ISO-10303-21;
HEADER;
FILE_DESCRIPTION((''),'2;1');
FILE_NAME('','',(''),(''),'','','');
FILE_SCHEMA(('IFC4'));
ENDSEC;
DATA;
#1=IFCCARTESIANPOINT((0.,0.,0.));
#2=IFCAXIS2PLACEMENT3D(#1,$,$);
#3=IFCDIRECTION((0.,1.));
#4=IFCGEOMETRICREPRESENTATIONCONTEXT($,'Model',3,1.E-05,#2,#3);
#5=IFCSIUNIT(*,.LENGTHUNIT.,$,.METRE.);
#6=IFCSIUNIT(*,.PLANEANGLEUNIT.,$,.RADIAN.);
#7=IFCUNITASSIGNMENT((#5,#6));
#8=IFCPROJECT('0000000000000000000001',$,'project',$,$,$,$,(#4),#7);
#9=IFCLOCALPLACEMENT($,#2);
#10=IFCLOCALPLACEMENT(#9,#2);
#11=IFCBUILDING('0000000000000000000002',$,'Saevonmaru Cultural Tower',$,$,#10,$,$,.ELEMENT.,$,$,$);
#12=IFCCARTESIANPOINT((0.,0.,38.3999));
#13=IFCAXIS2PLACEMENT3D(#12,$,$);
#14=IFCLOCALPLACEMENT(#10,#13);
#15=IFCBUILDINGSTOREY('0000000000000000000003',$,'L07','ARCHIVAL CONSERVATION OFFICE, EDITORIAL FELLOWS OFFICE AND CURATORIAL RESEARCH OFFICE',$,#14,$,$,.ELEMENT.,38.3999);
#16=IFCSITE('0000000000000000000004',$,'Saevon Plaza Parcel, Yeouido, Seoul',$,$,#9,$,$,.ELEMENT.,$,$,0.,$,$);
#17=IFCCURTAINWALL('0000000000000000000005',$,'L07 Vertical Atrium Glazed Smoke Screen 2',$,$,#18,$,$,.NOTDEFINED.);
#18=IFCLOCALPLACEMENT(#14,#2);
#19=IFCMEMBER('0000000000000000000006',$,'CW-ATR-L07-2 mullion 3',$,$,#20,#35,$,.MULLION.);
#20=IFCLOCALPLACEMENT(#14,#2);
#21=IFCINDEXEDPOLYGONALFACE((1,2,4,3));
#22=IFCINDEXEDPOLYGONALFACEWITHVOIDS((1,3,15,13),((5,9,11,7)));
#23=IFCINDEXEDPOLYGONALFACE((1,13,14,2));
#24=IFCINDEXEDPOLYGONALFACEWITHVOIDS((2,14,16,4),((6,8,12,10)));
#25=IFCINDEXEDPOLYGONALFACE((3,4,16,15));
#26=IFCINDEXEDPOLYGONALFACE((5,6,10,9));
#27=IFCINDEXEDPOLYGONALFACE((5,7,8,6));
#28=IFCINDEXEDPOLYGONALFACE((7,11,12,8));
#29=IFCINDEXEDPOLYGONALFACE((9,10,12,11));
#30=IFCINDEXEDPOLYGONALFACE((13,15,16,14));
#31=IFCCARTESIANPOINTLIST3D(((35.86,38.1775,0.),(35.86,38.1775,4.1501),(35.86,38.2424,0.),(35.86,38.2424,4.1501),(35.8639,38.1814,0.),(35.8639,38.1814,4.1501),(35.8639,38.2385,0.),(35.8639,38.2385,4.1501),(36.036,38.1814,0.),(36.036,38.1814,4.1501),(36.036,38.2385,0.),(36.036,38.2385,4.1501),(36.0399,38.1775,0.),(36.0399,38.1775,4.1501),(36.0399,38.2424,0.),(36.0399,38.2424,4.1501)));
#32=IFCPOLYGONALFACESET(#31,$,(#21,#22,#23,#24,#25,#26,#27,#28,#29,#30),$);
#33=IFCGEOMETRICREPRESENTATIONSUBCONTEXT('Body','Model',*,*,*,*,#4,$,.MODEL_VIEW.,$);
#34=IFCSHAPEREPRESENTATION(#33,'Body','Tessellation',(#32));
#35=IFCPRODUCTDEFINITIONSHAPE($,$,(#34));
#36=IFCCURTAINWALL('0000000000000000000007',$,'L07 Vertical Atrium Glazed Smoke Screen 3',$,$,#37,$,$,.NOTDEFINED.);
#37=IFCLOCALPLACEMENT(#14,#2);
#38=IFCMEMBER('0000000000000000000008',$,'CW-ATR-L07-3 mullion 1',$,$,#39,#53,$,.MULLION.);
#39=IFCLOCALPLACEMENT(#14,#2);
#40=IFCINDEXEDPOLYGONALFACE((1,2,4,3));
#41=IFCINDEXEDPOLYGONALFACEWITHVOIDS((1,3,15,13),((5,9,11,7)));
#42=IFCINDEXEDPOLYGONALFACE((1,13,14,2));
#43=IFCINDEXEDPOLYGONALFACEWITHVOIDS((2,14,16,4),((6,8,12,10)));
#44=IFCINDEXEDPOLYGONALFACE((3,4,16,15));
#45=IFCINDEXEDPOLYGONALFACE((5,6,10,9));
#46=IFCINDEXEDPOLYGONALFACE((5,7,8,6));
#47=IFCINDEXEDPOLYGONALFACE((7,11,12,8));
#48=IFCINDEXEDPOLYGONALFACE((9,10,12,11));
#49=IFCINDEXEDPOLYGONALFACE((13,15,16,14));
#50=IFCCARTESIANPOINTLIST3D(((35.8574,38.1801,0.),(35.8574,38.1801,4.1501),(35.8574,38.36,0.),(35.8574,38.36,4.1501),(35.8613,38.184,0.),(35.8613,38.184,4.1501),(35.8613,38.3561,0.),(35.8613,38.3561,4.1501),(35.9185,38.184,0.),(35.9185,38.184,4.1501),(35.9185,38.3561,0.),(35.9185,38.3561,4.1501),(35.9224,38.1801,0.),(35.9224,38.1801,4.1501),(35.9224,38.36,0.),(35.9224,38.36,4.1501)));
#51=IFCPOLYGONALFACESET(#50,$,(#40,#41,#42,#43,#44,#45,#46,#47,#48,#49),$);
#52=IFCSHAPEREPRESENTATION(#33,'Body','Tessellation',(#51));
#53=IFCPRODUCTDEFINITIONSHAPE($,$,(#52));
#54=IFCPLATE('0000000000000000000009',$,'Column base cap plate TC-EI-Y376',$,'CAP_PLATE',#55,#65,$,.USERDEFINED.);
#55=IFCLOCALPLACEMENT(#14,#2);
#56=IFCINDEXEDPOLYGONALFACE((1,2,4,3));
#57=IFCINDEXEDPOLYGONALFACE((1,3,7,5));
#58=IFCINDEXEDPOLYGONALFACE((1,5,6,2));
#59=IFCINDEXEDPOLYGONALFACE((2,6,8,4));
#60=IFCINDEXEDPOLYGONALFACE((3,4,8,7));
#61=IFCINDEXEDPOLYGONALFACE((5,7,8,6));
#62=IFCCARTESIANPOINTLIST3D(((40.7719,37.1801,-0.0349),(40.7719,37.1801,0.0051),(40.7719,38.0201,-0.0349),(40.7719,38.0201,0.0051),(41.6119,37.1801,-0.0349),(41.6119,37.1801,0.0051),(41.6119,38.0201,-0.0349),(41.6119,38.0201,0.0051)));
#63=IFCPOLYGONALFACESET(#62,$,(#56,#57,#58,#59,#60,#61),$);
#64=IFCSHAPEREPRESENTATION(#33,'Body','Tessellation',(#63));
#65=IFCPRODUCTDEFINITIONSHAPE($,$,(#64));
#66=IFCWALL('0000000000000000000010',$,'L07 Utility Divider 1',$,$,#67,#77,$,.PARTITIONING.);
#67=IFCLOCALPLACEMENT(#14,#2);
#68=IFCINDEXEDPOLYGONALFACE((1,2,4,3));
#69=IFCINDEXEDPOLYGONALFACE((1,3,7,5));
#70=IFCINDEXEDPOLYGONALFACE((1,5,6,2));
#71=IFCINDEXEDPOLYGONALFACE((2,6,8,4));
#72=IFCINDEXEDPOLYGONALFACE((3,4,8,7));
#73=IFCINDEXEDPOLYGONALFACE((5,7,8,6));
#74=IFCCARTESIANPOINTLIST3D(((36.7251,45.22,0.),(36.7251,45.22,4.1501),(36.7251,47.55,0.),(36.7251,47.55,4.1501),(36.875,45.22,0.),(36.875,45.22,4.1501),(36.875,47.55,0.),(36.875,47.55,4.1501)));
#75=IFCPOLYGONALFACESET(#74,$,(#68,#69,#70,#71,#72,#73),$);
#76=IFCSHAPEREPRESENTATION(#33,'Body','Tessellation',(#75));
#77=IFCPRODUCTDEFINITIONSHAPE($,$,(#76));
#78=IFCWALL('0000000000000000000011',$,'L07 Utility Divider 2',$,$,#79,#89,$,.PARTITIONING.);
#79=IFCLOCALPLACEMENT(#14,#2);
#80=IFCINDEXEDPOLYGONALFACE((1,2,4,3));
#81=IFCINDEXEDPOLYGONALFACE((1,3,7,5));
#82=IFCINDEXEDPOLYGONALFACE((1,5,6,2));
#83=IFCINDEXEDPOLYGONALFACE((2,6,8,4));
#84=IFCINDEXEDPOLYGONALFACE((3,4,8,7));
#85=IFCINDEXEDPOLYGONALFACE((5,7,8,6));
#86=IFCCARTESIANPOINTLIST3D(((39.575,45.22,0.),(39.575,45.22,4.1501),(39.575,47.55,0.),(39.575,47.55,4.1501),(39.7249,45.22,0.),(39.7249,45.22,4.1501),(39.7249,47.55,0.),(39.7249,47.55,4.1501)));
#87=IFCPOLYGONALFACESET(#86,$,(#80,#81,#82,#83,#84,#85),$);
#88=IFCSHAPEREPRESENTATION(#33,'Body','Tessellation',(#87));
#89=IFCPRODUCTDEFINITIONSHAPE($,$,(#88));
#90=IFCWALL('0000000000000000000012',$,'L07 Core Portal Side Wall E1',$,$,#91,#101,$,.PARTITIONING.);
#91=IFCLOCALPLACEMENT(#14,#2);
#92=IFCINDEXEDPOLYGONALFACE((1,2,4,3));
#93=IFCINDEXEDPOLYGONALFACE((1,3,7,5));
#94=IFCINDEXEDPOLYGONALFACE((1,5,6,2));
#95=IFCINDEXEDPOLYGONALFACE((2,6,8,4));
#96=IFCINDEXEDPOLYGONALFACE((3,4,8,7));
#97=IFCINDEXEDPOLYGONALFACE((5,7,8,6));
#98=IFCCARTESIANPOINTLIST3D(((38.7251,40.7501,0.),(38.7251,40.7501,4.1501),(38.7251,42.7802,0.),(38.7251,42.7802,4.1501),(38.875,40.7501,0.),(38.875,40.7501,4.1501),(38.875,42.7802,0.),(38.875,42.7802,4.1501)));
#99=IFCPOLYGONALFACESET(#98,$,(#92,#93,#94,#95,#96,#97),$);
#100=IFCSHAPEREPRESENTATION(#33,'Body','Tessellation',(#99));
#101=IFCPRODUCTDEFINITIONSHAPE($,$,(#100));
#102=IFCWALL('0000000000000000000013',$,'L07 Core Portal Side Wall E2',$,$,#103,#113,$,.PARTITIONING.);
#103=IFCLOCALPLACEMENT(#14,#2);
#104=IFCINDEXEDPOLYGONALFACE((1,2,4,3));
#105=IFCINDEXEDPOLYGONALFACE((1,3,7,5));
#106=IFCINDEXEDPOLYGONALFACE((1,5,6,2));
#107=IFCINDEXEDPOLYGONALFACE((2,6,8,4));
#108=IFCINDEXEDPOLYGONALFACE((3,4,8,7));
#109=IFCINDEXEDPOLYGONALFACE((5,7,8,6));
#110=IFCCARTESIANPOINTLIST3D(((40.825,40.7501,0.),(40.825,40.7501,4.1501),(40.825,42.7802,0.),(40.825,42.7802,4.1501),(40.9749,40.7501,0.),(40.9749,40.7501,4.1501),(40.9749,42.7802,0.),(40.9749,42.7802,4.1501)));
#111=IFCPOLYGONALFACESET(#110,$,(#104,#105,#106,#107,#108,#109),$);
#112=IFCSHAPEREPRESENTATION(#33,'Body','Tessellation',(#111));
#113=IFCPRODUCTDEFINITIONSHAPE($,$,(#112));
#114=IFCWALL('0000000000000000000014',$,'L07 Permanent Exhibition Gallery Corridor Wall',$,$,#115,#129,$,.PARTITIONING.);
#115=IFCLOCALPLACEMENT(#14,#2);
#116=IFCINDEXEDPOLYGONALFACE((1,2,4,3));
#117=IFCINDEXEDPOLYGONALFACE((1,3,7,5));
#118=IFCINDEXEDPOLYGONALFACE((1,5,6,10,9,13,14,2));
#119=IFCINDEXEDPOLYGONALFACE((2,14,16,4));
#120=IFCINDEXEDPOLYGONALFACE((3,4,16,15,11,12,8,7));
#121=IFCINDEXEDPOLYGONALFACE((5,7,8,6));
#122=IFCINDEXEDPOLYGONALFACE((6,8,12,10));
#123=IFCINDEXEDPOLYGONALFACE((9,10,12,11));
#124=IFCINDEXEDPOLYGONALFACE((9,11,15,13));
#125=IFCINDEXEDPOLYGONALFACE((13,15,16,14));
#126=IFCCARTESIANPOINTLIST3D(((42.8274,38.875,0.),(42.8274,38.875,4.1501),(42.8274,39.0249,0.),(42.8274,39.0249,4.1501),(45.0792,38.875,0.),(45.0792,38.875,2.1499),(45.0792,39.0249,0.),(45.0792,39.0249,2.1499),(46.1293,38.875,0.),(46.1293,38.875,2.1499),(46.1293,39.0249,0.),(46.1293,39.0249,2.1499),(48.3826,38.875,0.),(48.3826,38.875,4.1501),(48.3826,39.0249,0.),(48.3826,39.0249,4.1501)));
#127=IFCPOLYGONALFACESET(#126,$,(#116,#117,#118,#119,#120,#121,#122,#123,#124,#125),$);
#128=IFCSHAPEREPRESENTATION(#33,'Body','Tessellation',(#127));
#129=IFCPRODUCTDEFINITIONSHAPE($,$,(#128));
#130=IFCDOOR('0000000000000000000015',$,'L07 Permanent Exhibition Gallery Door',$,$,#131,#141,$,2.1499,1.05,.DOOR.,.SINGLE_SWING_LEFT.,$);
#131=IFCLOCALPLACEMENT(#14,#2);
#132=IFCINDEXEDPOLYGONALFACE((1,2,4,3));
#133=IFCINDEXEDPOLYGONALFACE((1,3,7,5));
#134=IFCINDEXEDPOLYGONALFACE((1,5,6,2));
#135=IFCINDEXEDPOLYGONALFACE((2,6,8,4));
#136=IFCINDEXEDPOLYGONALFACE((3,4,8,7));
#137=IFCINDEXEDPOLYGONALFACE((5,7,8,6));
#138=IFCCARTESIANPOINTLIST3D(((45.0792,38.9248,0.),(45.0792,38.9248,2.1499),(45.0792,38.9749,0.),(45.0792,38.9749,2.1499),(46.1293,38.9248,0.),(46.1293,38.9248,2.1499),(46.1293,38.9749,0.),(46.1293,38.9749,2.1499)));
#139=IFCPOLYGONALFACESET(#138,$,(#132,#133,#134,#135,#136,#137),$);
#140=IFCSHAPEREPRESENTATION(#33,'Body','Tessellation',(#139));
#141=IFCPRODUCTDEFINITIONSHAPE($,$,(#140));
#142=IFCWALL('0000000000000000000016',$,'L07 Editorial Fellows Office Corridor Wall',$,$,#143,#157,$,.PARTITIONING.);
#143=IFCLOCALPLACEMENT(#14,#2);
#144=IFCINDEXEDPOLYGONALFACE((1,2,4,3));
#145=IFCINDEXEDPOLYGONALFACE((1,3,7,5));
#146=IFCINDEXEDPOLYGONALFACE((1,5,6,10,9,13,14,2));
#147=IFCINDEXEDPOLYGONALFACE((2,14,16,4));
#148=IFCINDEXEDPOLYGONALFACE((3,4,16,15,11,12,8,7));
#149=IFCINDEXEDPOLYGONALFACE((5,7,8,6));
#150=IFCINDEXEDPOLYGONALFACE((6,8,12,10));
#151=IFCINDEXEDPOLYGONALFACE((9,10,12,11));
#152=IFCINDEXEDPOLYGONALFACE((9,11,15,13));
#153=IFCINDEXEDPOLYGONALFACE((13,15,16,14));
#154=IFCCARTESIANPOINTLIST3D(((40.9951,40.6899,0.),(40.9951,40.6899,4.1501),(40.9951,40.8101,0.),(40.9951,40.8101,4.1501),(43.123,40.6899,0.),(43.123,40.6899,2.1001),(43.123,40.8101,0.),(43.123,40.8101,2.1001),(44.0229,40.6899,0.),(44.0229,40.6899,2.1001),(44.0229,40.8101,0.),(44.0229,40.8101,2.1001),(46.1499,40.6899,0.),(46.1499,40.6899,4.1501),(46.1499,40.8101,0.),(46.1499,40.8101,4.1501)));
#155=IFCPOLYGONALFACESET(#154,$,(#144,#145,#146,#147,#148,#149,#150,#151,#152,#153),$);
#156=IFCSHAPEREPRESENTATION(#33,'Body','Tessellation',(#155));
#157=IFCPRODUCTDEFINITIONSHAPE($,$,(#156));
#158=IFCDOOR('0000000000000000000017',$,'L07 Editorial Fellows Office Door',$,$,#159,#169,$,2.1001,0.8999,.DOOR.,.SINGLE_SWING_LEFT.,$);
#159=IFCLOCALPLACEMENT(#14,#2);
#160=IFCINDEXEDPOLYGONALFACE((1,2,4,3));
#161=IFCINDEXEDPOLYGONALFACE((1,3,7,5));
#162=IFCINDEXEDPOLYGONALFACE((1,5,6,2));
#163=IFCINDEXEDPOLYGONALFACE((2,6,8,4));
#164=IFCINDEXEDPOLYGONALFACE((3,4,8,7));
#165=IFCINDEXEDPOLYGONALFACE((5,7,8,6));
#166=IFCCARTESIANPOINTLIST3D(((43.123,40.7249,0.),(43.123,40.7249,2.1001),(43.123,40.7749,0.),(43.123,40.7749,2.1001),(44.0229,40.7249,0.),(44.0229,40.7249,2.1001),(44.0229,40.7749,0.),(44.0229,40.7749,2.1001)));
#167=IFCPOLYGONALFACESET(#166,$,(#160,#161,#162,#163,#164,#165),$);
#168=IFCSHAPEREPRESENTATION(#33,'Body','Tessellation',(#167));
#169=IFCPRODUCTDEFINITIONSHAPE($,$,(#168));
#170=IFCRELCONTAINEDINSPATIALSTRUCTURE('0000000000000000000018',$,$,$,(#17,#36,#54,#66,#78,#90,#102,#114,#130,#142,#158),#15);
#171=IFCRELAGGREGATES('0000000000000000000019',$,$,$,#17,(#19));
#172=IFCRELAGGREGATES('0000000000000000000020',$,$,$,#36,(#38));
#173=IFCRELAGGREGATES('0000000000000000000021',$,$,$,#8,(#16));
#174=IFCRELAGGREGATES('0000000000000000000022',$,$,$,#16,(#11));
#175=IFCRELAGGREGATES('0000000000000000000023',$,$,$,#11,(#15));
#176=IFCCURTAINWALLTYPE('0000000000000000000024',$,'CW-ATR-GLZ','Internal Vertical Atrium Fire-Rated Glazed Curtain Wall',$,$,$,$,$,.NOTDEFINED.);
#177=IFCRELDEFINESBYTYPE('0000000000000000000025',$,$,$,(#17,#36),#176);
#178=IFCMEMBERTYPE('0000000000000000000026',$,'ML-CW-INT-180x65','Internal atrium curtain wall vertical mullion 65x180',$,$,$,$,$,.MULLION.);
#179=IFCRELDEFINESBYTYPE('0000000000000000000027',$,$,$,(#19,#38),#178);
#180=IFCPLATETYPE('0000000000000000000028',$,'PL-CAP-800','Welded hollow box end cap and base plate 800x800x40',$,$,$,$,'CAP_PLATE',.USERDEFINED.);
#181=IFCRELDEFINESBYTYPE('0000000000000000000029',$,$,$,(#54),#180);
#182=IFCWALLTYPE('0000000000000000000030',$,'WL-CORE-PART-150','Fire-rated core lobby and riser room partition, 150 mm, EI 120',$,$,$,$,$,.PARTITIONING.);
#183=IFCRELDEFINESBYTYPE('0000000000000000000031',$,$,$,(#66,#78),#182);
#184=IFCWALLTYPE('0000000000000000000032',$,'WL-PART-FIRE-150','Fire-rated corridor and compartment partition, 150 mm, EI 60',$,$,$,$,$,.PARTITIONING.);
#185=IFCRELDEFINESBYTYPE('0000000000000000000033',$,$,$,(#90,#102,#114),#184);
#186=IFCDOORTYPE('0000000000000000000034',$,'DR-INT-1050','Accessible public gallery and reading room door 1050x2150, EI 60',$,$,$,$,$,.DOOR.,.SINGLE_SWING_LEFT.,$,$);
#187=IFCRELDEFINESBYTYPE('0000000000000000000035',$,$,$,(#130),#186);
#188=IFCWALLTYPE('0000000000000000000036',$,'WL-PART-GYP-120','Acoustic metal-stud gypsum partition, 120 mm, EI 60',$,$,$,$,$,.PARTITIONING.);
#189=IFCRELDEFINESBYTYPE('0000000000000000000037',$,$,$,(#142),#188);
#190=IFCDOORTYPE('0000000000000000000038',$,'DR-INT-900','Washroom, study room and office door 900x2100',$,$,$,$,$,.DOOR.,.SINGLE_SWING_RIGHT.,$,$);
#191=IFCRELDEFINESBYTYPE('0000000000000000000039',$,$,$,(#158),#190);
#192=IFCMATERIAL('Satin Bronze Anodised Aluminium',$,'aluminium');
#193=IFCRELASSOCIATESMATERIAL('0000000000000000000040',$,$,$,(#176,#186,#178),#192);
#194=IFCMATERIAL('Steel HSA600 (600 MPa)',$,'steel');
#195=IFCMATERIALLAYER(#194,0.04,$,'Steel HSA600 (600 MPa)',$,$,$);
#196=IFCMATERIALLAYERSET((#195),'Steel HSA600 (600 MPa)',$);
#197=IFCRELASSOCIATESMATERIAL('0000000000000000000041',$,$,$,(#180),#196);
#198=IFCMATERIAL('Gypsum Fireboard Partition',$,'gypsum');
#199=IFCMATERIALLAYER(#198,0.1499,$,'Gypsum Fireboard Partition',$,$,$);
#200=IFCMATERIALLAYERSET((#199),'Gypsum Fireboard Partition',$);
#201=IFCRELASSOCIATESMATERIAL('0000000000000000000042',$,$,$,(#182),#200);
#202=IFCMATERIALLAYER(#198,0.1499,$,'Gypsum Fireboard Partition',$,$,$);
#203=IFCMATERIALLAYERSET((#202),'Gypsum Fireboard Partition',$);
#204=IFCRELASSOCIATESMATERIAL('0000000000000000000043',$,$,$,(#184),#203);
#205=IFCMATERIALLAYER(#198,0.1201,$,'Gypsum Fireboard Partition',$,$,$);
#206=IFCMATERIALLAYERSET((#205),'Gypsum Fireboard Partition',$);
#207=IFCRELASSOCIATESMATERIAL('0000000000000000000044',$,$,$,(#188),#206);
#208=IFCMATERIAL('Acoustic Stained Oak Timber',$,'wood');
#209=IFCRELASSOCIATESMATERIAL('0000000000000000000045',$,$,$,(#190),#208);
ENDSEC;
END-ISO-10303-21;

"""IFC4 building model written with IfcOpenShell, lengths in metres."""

from ifc_helpers import new_model, si_unit, direction, frame, frame_2d, origin, origin_2d, place, context, subcontext, project, spatial, rectangle, hollow_rectangle, extrude, material, layer, layer_set, material_profile, profile_set, type_object, element, fill, aggregate, save


model = new_model("IFC4")

# Units and contexts
model_context = context("Model", 3, precision=1e-05, world=origin(), true_north=direction((0.0, 1.0)))
body_context = subcontext(model_context, "Body", "Model", "MODEL_VIEW")
ifc_project = project(units=[si_unit("LENGTHUNIT", "METRE"), si_unit("PLANEANGLEUNIT", "RADIAN")], contexts=[model_context])

# Site, building, storey
site_placement = place(None, origin())
site = spatial("IfcSite", under=ifc_project, at=site_placement, Name="Saevon Plaza Parcel, Yeouido, Seoul", CompositionType="ELEMENT", RefElevation=0.0)
building_placement = place(site_placement, origin())
building = spatial("IfcBuilding", under=site, at=building_placement, Name="Saevonmaru Cultural Tower", CompositionType="ELEMENT")
storey_placement = place(building_placement, frame((0.0, 0.0, 38.3999)))
storey = spatial("IfcBuildingStorey", under=building, at=storey_placement, Name="L07", Description="ARCHIVAL CONSERVATION OFFICE, EDITORIAL FELLOWS OFFICE AND CURATORIAL RESEARCH OFFICE", CompositionType="ELEMENT", Elevation=38.3999)

# Shared definitions
ifc_material_1 = material(Name="Steel HSA600 (600 MPa)", Category="steel")

# Curtain walls, members
ifc_material_2 = material(Name="Satin Bronze Anodised Aluminium", Category="aluminium")
curtain_wall_type = type_object("IfcCurtainWallType", Name="CW-ATR-GLZ", Description="Internal Vertical Atrium Fire-Rated Glazed Curtain Wall", PredefinedType="NOTDEFINED", material=ifc_material_2)
curtain_wall_1_placement = place(storey_placement, origin())
curtain_wall_1 = element("IfcCurtainWall", 1, at=curtain_wall_1_placement, inside=storey, type_object=curtain_wall_type, Name="L07 Vertical Atrium Glazed Smoke Screen 2", PredefinedType="NOTDEFINED")
ifc_material_profile_1 = material_profile(ifc_material_2, hollow_rectangle(XDim=0.0649, YDim=0.1799, WallThickness=0.0039, at=origin_2d()), Name="ALU-MULL-180x65x4")
ifc_profile_set_1 = profile_set([ifc_material_profile_1], Name="Satin Bronze Anodised Aluminium")
member_type = type_object("IfcMemberType", Name="ML-CW-INT-180x65", Description="Internal atrium curtain wall vertical mullion 65x180", PredefinedType="MULLION", material=ifc_profile_set_1)
member_1_placement = place(storey_placement, frame((35.95, 38.21, 0.0), z_axis=(0.0, 0.0, 1.0), x_axis=(0.0, 1.0, 0.0)))
member_1 = element("IfcMember", 2, at=member_1_placement, type_object=member_type, Name="CW-ATR-L07-2 mullion 3", PredefinedType="MULLION", context=body_context, shape_type="SweptSolid", body=[
    extrude(hollow_rectangle(XDim=0.0649, YDim=0.1799, WallThickness=0.0039, at=origin_2d()), origin(), (0.0, 0.0, 1.0), 4.1501),
])
aggregate(curtain_wall_1, [member_1])
curtain_wall_2_placement = place(storey_placement, origin())
curtain_wall_2 = element("IfcCurtainWall", 3, at=curtain_wall_2_placement, inside=storey, type_object=curtain_wall_type, Name="L07 Vertical Atrium Glazed Smoke Screen 3", PredefinedType="NOTDEFINED")
member_2_placement = place(storey_placement, frame((35.8899, 38.27, 0.0), z_axis=(0.0, 0.0, 1.0), x_axis=(-1.0, 0.0, 0.0)))
member_2 = element("IfcMember", 4, at=member_2_placement, type_object=member_type, Name="CW-ATR-L07-3 mullion 1", PredefinedType="MULLION", context=body_context, shape_type="SweptSolid", body=[
    extrude(hollow_rectangle(XDim=0.0649, YDim=0.1799, WallThickness=0.0039, at=origin_2d()), origin(), (0.0, 0.0, 1.0), 4.1501),
])
aggregate(curtain_wall_2, [member_2])

# Plate
ifc_layer_1 = layer(ifc_material_1, 0.04, Name="Steel HSA600 (600 MPa)")
ifc_layer_set_1 = layer_set([ifc_layer_1], Name="Steel HSA600 (600 MPa)")
plate_type = type_object("IfcPlateType", Name="PL-CAP-800", Description="Welded hollow box end cap and base plate 800x800x40", ElementType="CAP_PLATE", PredefinedType="USERDEFINED", material=ifc_layer_set_1)
plate_placement = place(storey_placement, frame((41.1919, 37.6001, -0.0349), z_axis=(0.0, 0.0, 1.0), x_axis=(1.0, 0.0, 0.0)))
element("IfcPlate", 5, at=plate_placement, inside=storey, type_object=plate_type, Name="Column base cap plate TC-EI-Y376", ObjectType="CAP_PLATE", PredefinedType="USERDEFINED", context=body_context, shape_type="SweptSolid", body=[
    extrude(rectangle(XDim=0.8401, YDim=0.8401, at=origin_2d()), origin(), (0.0, 0.0, 1.0), 0.04),
])

# Walls
ifc_material_3 = material(Name="Gypsum Fireboard Partition", Category="gypsum")
ifc_layer_2 = layer(ifc_material_3, 0.1499, Name="Gypsum Fireboard Partition")
ifc_layer_set_2 = layer_set([ifc_layer_2], Name="Gypsum Fireboard Partition")
wall_type_1 = type_object("IfcWallType", Name="WL-CORE-PART-150", Description="Fire-rated core lobby and riser room partition, 150 mm, EI 120", PredefinedType="PARTITIONING", material=ifc_layer_set_2)
for number, where, z_axis, x_axis, name in (
    (6, (36.8, 45.22, 0.0), (0.0, 0.0, 1.0), (0.0, 1.0, 0.0), "L07 Utility Divider 1"),
    (7, (39.6499, 45.22, 0.0), (0.0, 0.0, 1.0), (0.0, 1.0, 0.0), "L07 Utility Divider 2"),
):
    element("IfcWall", number, at=place(storey_placement, frame(where, z_axis=z_axis, x_axis=x_axis)), inside=storey, type_object=wall_type_1, Name=name, PredefinedType="PARTITIONING", context=body_context, shape_type="SweptSolid", body=[
        extrude(rectangle(XDim=2.3301, YDim=0.1499, at=frame_2d((1.165, 0.0))), origin(), (0.0, 0.0, 1.0), 4.1501),
    ])
ifc_layer_3 = layer(ifc_material_3, 0.1499, Name="Gypsum Fireboard Partition")
ifc_layer_set_3 = layer_set([ifc_layer_3], Name="Gypsum Fireboard Partition")
wall_type_2 = type_object("IfcWallType", Name="WL-PART-FIRE-150", Description="Fire-rated corridor and compartment partition, 150 mm, EI 60", PredefinedType="PARTITIONING", material=ifc_layer_set_3)
for number, where, z_axis, x_axis, name in (
    (8, (38.8, 40.75, 0.0), (0.0, 0.0, 1.0), (0.0, 1.0, 0.0), "L07 Core Portal Side Wall E1"),
    (9, (40.8999, 40.75, 0.0), (0.0, 0.0, 1.0), (0.0, 1.0, 0.0), "L07 Core Portal Side Wall E2"),
):
    element("IfcWall", number, at=place(storey_placement, frame(where, z_axis=z_axis, x_axis=x_axis)), inside=storey, type_object=wall_type_2, Name=name, PredefinedType="PARTITIONING", context=body_context, shape_type="SweptSolid", body=[
        extrude(rectangle(XDim=2.03, YDim=0.1499, at=frame_2d((1.0151, 0.0))), origin(), (0.0, 0.0, 1.0), 4.1501),
    ])

# Walls, openings, doors
wall_1_placement = place(storey_placement, frame((42.8274, 38.95, 0.0), z_axis=(0.0, 0.0, 1.0), x_axis=(1.0, 0.0, 0.0)))
wall_1 = element("IfcWall", 10, at=wall_1_placement, inside=storey, type_object=wall_type_2, Name="L07 Permanent Exhibition Gallery Corridor Wall", PredefinedType="PARTITIONING", context=body_context, shape_type="SweptSolid", body=[
    extrude(rectangle(XDim=5.5552, YDim=0.1499, at=frame_2d((2.7776, 0.0))), origin(), (0.0, 0.0, 1.0), 4.1501),
])
opening_1_placement = place(wall_1_placement, frame((2.252, 0.0, 0.0)))
opening_1 = element("IfcOpeningElement", 11, at=opening_1_placement, cuts=wall_1, PredefinedType="OPENING", context=body_context, shape_type="SweptSolid", body=[
    extrude(rectangle(XDim=1.05, YDim=2.1499, at=frame_2d((0.5249, 1.075))), frame((0.0, 0.085, 0.0), z_axis=(0.0, -1.0, 0.0), x_axis=(1.0, 0.0, 0.0)), (0.0, 0.0, 1.0), 0.1699),
])
door_type_1 = type_object("IfcDoorType", Name="DR-INT-1050", Description="Accessible public gallery and reading room door 1050x2150, EI 60", OperationType="SINGLE_SWING_LEFT", PredefinedType="DOOR", material=ifc_material_2)
door_1_placement = place(opening_1_placement, origin())
door_1 = element("IfcDoor", 12, at=door_1_placement, inside=storey, type_object=door_type_1, Name="L07 Permanent Exhibition Gallery Door", OperationType="SINGLE_SWING_LEFT", OverallHeight=2.1499, OverallWidth=1.05, PredefinedType="DOOR", context=body_context, shape_type="SweptSolid", body=[
    extrude(rectangle(XDim=1.05, YDim=2.1499, at=frame_2d((0.5249, 1.075))), frame((0.0, 0.0249, 0.0), z_axis=(0.0, -1.0, 0.0), x_axis=(1.0, 0.0, 0.0)), (0.0, 0.0, 1.0), 0.05),
])
fill(opening_1, door_1)
ifc_layer_4 = layer(ifc_material_3, 0.1201, Name="Gypsum Fireboard Partition")
ifc_layer_set_4 = layer_set([ifc_layer_4], Name="Gypsum Fireboard Partition")
wall_type_3 = type_object("IfcWallType", Name="WL-PART-GYP-120", Description="Acoustic metal-stud gypsum partition, 120 mm, EI 60", PredefinedType="PARTITIONING", material=ifc_layer_set_4)
wall_2_placement = place(storey_placement, frame((40.9951, 40.75, 0.0), z_axis=(0.0, 0.0, 1.0), x_axis=(1.0, 0.0, 0.0)))
wall_2 = element("IfcWall", 13, at=wall_2_placement, inside=storey, type_object=wall_type_3, Name="L07 Editorial Fellows Office Corridor Wall", PredefinedType="PARTITIONING", context=body_context, shape_type="SweptSolid", body=[
    extrude(rectangle(XDim=5.1548, YDim=0.1201, at=frame_2d((2.5774, 0.0))), origin(), (0.0, 0.0, 1.0), 4.1501),
])
opening_2_placement = place(wall_2_placement, frame((2.1279, 0.0, 0.0)))
opening_2 = element("IfcOpeningElement", 14, at=opening_2_placement, cuts=wall_2, PredefinedType="OPENING", context=body_context, shape_type="SweptSolid", body=[
    extrude(rectangle(XDim=0.8999, YDim=2.1001, at=frame_2d((0.45, 1.05))), frame((0.0, 0.0701, 0.0), z_axis=(0.0, -1.0, 0.0), x_axis=(1.0, 0.0, 0.0)), (0.0, 0.0, 1.0), 0.1401),
])
ifc_material_4 = material(Name="Acoustic Stained Oak Timber", Category="wood")
door_type_2 = type_object("IfcDoorType", Name="DR-INT-900", Description="Washroom, study room and office door 900x2100", OperationType="SINGLE_SWING_RIGHT", PredefinedType="DOOR", material=ifc_material_4)
door_2_placement = place(opening_2_placement, origin())
door_2 = element("IfcDoor", 15, at=door_2_placement, inside=storey, type_object=door_type_2, Name="L07 Editorial Fellows Office Door", OperationType="SINGLE_SWING_LEFT", OverallHeight=2.1001, OverallWidth=0.8999, PredefinedType="DOOR", context=body_context, shape_type="SweptSolid", body=[
    extrude(rectangle(XDim=0.8999, YDim=2.1001, at=frame_2d((0.45, 1.05))), frame((0.0, 0.0249, 0.0), z_axis=(0.0, -1.0, 0.0), x_axis=(1.0, 0.0, 0.0)), (0.0, 0.0, 1.0), 0.05),
])
fill(opening_2, door_2)

save(model, "model.ifc")
